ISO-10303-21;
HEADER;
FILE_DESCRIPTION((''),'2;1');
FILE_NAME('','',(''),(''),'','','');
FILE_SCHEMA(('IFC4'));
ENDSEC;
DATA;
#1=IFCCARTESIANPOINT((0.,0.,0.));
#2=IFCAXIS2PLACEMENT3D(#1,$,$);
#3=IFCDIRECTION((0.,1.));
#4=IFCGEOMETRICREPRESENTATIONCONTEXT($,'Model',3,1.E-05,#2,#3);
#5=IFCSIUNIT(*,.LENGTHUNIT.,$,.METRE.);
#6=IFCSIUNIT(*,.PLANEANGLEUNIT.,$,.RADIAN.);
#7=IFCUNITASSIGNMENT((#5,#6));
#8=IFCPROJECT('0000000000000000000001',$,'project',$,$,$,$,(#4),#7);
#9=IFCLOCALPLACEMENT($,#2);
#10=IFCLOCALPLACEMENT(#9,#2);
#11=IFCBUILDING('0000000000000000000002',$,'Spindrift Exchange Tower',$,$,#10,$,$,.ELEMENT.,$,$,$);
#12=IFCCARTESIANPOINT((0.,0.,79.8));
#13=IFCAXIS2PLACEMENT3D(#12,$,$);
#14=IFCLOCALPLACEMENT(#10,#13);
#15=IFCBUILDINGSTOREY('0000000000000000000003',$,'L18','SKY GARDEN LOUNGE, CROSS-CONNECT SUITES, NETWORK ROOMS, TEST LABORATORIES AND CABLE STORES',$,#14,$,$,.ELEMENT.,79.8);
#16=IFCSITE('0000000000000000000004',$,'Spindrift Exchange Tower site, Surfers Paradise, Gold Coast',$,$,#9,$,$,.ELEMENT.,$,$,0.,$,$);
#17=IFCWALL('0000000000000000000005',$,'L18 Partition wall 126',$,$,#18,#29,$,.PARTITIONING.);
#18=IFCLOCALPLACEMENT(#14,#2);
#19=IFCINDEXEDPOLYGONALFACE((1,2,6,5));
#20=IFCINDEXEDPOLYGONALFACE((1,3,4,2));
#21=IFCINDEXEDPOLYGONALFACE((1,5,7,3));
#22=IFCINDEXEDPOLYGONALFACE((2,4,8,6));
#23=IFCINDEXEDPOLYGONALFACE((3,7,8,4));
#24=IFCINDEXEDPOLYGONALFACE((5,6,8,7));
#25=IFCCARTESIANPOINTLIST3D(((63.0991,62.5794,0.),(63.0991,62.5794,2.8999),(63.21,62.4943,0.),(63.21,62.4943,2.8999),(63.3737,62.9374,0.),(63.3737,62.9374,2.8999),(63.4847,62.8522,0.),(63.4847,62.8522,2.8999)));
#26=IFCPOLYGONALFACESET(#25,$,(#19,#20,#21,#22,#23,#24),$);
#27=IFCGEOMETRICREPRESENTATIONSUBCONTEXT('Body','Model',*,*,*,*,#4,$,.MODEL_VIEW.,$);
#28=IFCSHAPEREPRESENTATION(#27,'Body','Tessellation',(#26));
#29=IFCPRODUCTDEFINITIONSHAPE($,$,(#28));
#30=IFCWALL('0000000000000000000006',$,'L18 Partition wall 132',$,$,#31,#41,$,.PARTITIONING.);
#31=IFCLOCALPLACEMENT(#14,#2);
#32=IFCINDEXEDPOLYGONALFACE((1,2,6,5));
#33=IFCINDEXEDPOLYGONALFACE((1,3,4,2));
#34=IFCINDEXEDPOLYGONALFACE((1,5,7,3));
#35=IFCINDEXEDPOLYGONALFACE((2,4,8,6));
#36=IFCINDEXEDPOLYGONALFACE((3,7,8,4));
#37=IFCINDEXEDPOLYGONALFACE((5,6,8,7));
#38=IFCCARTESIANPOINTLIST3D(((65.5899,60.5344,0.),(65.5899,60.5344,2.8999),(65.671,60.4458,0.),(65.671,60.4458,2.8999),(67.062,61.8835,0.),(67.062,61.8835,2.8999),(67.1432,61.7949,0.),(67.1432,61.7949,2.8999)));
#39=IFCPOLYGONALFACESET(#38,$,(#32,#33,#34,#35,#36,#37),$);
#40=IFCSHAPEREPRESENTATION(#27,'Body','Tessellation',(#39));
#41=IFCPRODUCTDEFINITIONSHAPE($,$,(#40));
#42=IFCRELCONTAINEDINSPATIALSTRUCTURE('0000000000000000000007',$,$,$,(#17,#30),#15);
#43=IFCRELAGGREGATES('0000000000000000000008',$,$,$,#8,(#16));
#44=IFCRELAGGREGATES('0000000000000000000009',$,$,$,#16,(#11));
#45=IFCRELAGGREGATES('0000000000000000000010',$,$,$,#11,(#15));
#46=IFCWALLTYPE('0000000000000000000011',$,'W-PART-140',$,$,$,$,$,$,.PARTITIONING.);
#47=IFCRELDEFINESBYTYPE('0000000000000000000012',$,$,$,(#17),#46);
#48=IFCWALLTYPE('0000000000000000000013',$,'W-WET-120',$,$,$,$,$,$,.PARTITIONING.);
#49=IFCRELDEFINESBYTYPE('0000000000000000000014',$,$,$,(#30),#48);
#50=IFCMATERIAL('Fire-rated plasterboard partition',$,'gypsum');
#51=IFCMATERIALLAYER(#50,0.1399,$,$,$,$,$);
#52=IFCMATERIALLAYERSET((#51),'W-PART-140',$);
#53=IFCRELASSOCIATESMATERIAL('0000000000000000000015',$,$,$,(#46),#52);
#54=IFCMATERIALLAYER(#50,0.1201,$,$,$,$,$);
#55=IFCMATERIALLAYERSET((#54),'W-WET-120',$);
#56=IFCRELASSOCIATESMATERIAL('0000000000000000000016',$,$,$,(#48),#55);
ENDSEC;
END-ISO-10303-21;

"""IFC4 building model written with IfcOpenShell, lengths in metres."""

from ifc_helpers import new_model, si_unit, direction, frame, frame_2d, origin, place, context, subcontext, project, spatial, rectangle, extrude, material, layer, layer_set, type_object, element, save


model = new_model("IFC4")

# Units and contexts
model_context = context("Model", 3, precision=1e-05, world=origin(), true_north=direction((0.0, 1.0)))
body_context = subcontext(model_context, "Body", "Model", "MODEL_VIEW")
ifc_project = project(units=[si_unit("LENGTHUNIT", "METRE"), si_unit("PLANEANGLEUNIT", "RADIAN")], contexts=[model_context])

# Site, building, storey
site_placement = place(None, origin())
site = spatial("IfcSite", under=ifc_project, at=site_placement, Name="Spindrift Exchange Tower site, Surfers Paradise, Gold Coast", CompositionType="ELEMENT", RefElevation=0.0)
building_placement = place(site_placement, origin())
building = spatial("IfcBuilding", under=site, at=building_placement, Name="Spindrift Exchange Tower", CompositionType="ELEMENT")
storey_placement = place(building_placement, frame((0.0, 0.0, 79.8)))
storey = spatial("IfcBuildingStorey", under=building, at=storey_placement, Name="L18", Description="SKY GARDEN LOUNGE, CROSS-CONNECT SUITES, NETWORK ROOMS, TEST LABORATORIES AND CABLE STORES", CompositionType="ELEMENT", Elevation=79.8)

# Shared definitions
ifc_material_1 = material(Name="Fire-rated plasterboard partition", Category="gypsum")
ifc_layer_1 = layer(ifc_material_1, 0.1399)
ifc_layer_set_1 = layer_set([ifc_layer_1], Name="W-PART-140")
wall_type_1 = type_object("IfcWallType", Name="W-PART-140", PredefinedType="PARTITIONING", material=ifc_layer_set_1)

# Walls
wall_1_placement = place(storey_placement, frame((63.1545, 62.5369, 0.0), z_axis=(0.0, 0.0, 1.0), x_axis=(0.608795, 0.793328, 0.0)))
element("IfcWall", 1, at=wall_1_placement, inside=storey, type_object=wall_type_1, Name="L18 Partition wall 126", PredefinedType="PARTITIONING", context=body_context, shape_type="SweptSolid", body=[
    extrude(rectangle(XDim=0.4512, YDim=0.1399, at=frame_2d((0.2256, 0.0))), origin(), (0.0, 0.0, 1.0), 2.8999),
])
ifc_layer_2 = layer(ifc_material_1, 0.1201)
ifc_layer_set_2 = layer_set([ifc_layer_2], Name="W-WET-120")
wall_type_2 = type_object("IfcWallType", Name="W-WET-120", PredefinedType="PARTITIONING", material=ifc_layer_set_2)
wall_2_placement = place(storey_placement, frame((65.6304, 60.49, 0.0), z_axis=(0.0, 0.0, 1.0), x_axis=(0.737245, 0.675625, 0.0)))
element("IfcWall", 2, at=wall_2_placement, inside=storey, type_object=wall_type_2, Name="L18 Partition wall 132", PredefinedType="PARTITIONING", context=body_context, shape_type="SweptSolid", body=[
    extrude(rectangle(XDim=1.9968, YDim=0.1201, at=frame_2d((0.9985, 0.0))), origin(), (0.0, 0.0, 1.0), 2.8999),
])

save(model, "model.ifc")
